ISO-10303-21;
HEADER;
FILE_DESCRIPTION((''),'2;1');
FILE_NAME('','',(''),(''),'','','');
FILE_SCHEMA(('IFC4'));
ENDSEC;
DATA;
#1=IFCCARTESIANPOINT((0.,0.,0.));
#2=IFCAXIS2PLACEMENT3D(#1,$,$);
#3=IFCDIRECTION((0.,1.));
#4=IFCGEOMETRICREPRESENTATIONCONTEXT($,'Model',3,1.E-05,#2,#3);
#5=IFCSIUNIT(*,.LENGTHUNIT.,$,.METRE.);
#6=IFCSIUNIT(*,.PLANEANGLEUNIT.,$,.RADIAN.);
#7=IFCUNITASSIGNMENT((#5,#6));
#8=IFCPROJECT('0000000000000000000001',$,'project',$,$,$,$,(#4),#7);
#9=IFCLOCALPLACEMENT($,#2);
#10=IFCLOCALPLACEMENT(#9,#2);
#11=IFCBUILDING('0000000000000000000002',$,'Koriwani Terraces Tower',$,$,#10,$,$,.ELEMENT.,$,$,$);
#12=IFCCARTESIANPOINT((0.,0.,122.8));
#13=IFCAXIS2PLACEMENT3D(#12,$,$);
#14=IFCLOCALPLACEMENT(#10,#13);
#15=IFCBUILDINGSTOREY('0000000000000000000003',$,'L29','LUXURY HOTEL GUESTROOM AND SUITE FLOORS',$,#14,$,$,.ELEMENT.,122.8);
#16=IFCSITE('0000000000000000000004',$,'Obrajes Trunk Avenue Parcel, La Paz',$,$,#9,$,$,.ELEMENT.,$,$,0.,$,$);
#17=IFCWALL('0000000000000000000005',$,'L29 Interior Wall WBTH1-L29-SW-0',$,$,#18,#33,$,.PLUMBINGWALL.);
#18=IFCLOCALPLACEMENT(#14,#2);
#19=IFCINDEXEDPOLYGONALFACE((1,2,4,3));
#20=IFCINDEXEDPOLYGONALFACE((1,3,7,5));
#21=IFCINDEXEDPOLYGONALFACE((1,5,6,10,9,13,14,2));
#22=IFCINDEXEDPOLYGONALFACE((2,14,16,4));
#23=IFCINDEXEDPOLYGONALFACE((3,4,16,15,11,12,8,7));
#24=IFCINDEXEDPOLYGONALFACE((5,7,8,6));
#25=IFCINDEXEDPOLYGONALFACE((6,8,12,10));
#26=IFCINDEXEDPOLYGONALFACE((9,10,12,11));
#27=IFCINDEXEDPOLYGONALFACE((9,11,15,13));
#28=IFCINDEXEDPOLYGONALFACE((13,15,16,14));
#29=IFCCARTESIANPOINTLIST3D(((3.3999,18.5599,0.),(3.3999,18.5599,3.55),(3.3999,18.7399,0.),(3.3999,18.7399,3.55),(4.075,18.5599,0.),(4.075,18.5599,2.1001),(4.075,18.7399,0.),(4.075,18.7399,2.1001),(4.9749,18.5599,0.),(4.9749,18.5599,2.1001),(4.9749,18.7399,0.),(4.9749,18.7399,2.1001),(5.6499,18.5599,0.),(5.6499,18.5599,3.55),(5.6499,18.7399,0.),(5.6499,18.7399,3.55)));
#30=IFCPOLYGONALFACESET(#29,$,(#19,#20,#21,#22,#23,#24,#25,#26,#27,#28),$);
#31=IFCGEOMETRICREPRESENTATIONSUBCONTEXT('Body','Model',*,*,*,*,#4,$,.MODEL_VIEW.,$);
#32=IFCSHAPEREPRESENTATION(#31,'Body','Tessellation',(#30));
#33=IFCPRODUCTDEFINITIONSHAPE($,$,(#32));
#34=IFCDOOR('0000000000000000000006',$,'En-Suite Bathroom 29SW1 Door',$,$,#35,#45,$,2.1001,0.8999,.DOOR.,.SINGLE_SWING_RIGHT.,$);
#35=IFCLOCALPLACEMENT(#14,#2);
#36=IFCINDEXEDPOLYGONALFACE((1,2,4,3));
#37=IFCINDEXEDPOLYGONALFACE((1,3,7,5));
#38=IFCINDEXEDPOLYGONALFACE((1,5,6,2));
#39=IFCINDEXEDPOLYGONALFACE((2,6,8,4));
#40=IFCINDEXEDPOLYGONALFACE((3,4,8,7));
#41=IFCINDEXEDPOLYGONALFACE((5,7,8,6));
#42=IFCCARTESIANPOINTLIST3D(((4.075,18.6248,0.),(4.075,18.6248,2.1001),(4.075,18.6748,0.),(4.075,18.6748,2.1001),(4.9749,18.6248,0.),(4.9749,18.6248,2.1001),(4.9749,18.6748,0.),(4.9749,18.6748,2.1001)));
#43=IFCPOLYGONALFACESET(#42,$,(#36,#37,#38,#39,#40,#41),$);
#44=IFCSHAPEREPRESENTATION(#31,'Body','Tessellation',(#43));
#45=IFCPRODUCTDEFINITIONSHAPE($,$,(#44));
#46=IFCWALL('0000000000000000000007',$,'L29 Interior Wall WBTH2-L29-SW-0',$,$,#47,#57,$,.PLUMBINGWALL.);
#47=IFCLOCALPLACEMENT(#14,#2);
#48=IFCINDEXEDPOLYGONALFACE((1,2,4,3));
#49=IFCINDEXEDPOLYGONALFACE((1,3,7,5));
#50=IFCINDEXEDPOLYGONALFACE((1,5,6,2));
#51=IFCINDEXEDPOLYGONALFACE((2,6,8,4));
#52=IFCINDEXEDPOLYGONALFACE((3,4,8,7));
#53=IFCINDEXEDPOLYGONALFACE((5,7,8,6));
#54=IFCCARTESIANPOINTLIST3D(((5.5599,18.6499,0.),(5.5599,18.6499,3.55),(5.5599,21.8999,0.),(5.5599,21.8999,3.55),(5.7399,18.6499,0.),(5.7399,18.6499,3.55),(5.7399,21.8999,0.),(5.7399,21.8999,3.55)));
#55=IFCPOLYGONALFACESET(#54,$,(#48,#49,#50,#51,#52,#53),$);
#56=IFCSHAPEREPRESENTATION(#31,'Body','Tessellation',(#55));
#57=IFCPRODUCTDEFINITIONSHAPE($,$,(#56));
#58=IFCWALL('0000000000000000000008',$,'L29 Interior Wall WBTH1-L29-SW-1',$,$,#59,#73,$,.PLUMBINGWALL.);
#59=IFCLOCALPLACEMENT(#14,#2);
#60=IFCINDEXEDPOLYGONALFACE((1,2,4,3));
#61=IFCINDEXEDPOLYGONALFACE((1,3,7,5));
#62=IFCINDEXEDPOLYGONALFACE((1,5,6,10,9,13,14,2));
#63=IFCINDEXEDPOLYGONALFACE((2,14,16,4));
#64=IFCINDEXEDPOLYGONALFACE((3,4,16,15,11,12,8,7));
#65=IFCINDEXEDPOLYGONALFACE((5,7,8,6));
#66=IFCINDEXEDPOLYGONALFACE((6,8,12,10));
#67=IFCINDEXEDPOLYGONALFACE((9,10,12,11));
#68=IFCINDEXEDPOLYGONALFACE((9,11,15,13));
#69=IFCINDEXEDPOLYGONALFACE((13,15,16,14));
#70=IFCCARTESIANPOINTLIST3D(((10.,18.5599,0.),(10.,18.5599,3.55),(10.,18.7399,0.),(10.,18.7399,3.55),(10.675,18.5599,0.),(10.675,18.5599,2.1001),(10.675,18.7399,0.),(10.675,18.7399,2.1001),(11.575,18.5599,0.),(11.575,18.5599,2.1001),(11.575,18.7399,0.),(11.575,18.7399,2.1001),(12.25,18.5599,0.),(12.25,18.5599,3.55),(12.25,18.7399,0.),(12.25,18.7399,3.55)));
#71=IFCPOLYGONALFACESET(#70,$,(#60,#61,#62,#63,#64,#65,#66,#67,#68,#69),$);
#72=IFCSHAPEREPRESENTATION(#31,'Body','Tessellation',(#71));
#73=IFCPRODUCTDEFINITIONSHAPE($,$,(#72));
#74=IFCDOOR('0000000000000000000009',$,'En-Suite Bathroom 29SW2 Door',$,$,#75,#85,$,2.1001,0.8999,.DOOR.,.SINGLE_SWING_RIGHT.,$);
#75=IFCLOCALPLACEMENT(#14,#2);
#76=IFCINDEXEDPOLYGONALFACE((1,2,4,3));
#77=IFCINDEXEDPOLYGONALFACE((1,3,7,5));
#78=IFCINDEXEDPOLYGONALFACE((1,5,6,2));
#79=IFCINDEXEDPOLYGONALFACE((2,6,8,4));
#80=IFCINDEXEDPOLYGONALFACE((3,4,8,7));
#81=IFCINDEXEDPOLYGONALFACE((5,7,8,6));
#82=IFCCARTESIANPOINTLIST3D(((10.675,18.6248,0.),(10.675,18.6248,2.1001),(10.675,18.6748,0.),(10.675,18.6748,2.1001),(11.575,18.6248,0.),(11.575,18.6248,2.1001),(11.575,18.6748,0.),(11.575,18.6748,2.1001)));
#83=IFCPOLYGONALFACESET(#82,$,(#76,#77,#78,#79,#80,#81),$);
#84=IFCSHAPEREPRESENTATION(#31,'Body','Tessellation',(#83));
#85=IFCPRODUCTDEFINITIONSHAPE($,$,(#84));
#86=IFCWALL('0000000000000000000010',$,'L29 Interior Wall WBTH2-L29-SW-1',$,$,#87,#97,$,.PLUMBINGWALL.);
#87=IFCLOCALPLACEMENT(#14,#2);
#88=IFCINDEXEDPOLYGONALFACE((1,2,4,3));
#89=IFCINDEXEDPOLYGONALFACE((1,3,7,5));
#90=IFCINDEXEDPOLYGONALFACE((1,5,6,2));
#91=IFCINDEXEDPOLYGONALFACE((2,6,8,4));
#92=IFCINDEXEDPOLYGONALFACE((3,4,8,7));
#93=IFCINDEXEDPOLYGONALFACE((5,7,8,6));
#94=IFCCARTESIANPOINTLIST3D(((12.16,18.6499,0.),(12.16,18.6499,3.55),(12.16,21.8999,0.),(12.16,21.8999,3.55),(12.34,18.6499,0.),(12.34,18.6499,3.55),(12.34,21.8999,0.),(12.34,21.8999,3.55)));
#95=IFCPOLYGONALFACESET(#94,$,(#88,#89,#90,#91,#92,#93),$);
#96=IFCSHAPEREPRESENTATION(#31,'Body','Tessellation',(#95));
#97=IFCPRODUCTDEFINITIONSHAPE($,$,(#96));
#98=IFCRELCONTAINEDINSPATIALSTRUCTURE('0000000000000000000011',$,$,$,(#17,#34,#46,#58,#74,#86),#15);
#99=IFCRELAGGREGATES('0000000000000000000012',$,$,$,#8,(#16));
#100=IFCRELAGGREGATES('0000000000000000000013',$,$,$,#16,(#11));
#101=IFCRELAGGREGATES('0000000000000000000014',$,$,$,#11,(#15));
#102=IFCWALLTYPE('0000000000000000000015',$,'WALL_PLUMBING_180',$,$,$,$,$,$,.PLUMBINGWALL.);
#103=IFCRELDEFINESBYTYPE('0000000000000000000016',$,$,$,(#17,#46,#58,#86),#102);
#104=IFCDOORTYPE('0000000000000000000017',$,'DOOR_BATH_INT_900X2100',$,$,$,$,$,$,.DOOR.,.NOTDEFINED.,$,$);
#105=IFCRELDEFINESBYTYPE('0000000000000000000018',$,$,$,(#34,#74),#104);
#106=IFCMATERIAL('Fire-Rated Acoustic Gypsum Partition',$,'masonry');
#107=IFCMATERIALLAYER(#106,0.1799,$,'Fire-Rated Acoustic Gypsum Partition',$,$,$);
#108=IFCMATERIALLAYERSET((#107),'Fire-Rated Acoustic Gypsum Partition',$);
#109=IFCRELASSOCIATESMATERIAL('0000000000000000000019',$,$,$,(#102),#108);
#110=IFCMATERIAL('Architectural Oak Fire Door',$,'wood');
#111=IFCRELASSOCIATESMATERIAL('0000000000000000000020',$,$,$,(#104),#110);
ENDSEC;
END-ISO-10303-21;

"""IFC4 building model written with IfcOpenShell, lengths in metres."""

from ifc_helpers import new_model, si_unit, direction, frame, frame_2d, origin, place, context, subcontext, project, spatial, rectangle, extrude, material, layer, layer_set, type_object, element, fill, save


model = new_model("IFC4")

# Units and contexts
model_context = context("Model", 3, precision=1e-05, world=origin(), true_north=direction((0.0, 1.0)))
body_context = subcontext(model_context, "Body", "Model", "MODEL_VIEW")
ifc_project = project(units=[si_unit("LENGTHUNIT", "METRE"), si_unit("PLANEANGLEUNIT", "RADIAN")], contexts=[model_context])

# Site, building, storey
site_placement = place(None, origin())
site = spatial("IfcSite", under=ifc_project, at=site_placement, Name="Obrajes Trunk Avenue Parcel, La Paz", CompositionType="ELEMENT", RefElevation=0.0)
building_placement = place(site_placement, origin())
building = spatial("IfcBuilding", under=site, at=building_placement, Name="Koriwani Terraces Tower", CompositionType="ELEMENT")
storey_placement = place(building_placement, frame((0.0, 0.0, 122.8)))
storey = spatial("IfcBuildingStorey", under=building, at=storey_placement, Name="L29", Description="LUXURY HOTEL GUESTROOM AND SUITE FLOORS", CompositionType="ELEMENT", Elevation=122.8)

# Shared definitions
ifc_material_1 = material(Name="Architectural Oak Fire Door", Category="wood")

# Wall, opening, door
ifc_material_2 = material(Name="Fire-Rated Acoustic Gypsum Partition", Category="masonry")
ifc_layer_1 = layer(ifc_material_2, 0.1799, Name="Fire-Rated Acoustic Gypsum Partition")
ifc_layer_set_1 = layer_set([ifc_layer_1], Name="Fire-Rated Acoustic Gypsum Partition")
wall_type_1 = type_object("IfcWallType", Name="WALL_PLUMBING_180", PredefinedType="PLUMBINGWALL", material=ifc_layer_set_1)
wall_1_placement = place(storey_placement, frame((3.3999, 18.6499, 0.0), z_axis=(0.0, 0.0, 1.0), x_axis=(1.0, 0.0, 0.0)))
wall_1 = element("IfcWall", 1, at=wall_1_placement, inside=storey, type_object=wall_type_1, Name="L29 Interior Wall WBTH1-L29-SW-0", PredefinedType="PLUMBINGWALL", context=body_context, shape_type="SweptSolid", body=[
    extrude(rectangle(XDim=2.25, YDim=0.1799, at=frame_2d((1.125, 0.0))), origin(), (0.0, 0.0, 1.0), 3.55),
])
opening_1_placement = place(wall_1_placement, frame((0.675, 0.0, 0.0)))
opening_1 = element("IfcOpeningElement", 2, at=opening_1_placement, cuts=wall_1, PredefinedType="OPENING", context=body_context, shape_type="SweptSolid", body=[
    extrude(rectangle(XDim=0.8999, YDim=2.1001, at=frame_2d((0.45, 1.05))), frame((0.0, 0.1001, 0.0), z_axis=(0.0, -1.0, 0.0), x_axis=(1.0, 0.0, 0.0)), (0.0, 0.0, 1.0), 0.2),
])
door_type_1 = type_object("IfcDoorType", Name="DOOR_BATH_INT_900X2100", OperationType="NOTDEFINED", PredefinedType="DOOR", material=ifc_material_1)
door_1_placement = place(opening_1_placement, origin())
door_1 = element("IfcDoor", 3, at=door_1_placement, inside=storey, type_object=door_type_1, Name="En-Suite Bathroom 29SW1 Door", OperationType="SINGLE_SWING_RIGHT", OverallHeight=2.1001, OverallWidth=0.8999, PredefinedType="DOOR", context=body_context, shape_type="SweptSolid", body=[
    extrude(rectangle(XDim=0.8999, YDim=2.1001, at=frame_2d((0.45, 1.05))), frame((0.0, 0.0249, 0.0), z_axis=(0.0, -1.0, 0.0), x_axis=(1.0, 0.0, 0.0)), (0.0, 0.0, 1.0), 0.05),
])
fill(opening_1, door_1)

# Wall
wall_2_placement = place(storey_placement, frame((5.6499, 18.6499, 0.0), z_axis=(0.0, 0.0, 1.0), x_axis=(0.0, 1.0, 0.0)))
element("IfcWall", 4, at=wall_2_placement, inside=storey, type_object=wall_type_1, Name="L29 Interior Wall WBTH2-L29-SW-0", PredefinedType="PLUMBINGWALL", context=body_context, shape_type="SweptSolid", body=[
    extrude(rectangle(XDim=3.25, YDim=0.1799, at=frame_2d((1.625, 0.0))), origin(), (0.0, 0.0, 1.0), 3.55),
])

# Wall, opening, door
wall_3_placement = place(storey_placement, frame((10.0, 18.6499, 0.0), z_axis=(0.0, 0.0, 1.0), x_axis=(1.0, 0.0, 0.0)))
wall_3 = element("IfcWall", 5, at=wall_3_placement, inside=storey, type_object=wall_type_1, Name="L29 Interior Wall WBTH1-L29-SW-1", PredefinedType="PLUMBINGWALL", context=body_context, shape_type="SweptSolid", body=[
    extrude(rectangle(XDim=2.25, YDim=0.1799, at=frame_2d((1.125, 0.0))), origin(), (0.0, 0.0, 1.0), 3.55),
])
opening_2_placement = place(wall_3_placement, frame((0.675, 0.0, 0.0)))
opening_2 = element("IfcOpeningElement", 6, at=opening_2_placement, cuts=wall_3, PredefinedType="OPENING", context=body_context, shape_type="SweptSolid", body=[
    extrude(rectangle(XDim=0.8999, YDim=2.1001, at=frame_2d((0.45, 1.05))), frame((0.0, 0.1001, 0.0), z_axis=(0.0, -1.0, 0.0), x_axis=(1.0, 0.0, 0.0)), (0.0, 0.0, 1.0), 0.2),
])
door_2_placement = place(opening_2_placement, origin())
door_2 = element("IfcDoor", 7, at=door_2_placement, inside=storey, type_object=door_type_1, Name="En-Suite Bathroom 29SW2 Door", OperationType="SINGLE_SWING_RIGHT", OverallHeight=2.1001, OverallWidth=0.8999, PredefinedType="DOOR", context=body_context, shape_type="SweptSolid", body=[
    extrude(rectangle(XDim=0.8999, YDim=2.1001, at=frame_2d((0.45, 1.05))), frame((0.0, 0.0249, 0.0), z_axis=(0.0, -1.0, 0.0), x_axis=(1.0, 0.0, 0.0)), (0.0, 0.0, 1.0), 0.05),
])
fill(opening_2, door_2)

# Wall
wall_4_placement = place(storey_placement, frame((12.25, 18.6499, 0.0), z_axis=(0.0, 0.0, 1.0), x_axis=(0.0, 1.0, 0.0)))
element("IfcWall", 8, at=wall_4_placement, inside=storey, type_object=wall_type_1, Name="L29 Interior Wall WBTH2-L29-SW-1", PredefinedType="PLUMBINGWALL", context=body_context, shape_type="SweptSolid", body=[
    extrude(rectangle(XDim=3.25, YDim=0.1799, at=frame_2d((1.625, 0.0))), origin(), (0.0, 0.0, 1.0), 3.55),
])

save(model, "model.ifc")
